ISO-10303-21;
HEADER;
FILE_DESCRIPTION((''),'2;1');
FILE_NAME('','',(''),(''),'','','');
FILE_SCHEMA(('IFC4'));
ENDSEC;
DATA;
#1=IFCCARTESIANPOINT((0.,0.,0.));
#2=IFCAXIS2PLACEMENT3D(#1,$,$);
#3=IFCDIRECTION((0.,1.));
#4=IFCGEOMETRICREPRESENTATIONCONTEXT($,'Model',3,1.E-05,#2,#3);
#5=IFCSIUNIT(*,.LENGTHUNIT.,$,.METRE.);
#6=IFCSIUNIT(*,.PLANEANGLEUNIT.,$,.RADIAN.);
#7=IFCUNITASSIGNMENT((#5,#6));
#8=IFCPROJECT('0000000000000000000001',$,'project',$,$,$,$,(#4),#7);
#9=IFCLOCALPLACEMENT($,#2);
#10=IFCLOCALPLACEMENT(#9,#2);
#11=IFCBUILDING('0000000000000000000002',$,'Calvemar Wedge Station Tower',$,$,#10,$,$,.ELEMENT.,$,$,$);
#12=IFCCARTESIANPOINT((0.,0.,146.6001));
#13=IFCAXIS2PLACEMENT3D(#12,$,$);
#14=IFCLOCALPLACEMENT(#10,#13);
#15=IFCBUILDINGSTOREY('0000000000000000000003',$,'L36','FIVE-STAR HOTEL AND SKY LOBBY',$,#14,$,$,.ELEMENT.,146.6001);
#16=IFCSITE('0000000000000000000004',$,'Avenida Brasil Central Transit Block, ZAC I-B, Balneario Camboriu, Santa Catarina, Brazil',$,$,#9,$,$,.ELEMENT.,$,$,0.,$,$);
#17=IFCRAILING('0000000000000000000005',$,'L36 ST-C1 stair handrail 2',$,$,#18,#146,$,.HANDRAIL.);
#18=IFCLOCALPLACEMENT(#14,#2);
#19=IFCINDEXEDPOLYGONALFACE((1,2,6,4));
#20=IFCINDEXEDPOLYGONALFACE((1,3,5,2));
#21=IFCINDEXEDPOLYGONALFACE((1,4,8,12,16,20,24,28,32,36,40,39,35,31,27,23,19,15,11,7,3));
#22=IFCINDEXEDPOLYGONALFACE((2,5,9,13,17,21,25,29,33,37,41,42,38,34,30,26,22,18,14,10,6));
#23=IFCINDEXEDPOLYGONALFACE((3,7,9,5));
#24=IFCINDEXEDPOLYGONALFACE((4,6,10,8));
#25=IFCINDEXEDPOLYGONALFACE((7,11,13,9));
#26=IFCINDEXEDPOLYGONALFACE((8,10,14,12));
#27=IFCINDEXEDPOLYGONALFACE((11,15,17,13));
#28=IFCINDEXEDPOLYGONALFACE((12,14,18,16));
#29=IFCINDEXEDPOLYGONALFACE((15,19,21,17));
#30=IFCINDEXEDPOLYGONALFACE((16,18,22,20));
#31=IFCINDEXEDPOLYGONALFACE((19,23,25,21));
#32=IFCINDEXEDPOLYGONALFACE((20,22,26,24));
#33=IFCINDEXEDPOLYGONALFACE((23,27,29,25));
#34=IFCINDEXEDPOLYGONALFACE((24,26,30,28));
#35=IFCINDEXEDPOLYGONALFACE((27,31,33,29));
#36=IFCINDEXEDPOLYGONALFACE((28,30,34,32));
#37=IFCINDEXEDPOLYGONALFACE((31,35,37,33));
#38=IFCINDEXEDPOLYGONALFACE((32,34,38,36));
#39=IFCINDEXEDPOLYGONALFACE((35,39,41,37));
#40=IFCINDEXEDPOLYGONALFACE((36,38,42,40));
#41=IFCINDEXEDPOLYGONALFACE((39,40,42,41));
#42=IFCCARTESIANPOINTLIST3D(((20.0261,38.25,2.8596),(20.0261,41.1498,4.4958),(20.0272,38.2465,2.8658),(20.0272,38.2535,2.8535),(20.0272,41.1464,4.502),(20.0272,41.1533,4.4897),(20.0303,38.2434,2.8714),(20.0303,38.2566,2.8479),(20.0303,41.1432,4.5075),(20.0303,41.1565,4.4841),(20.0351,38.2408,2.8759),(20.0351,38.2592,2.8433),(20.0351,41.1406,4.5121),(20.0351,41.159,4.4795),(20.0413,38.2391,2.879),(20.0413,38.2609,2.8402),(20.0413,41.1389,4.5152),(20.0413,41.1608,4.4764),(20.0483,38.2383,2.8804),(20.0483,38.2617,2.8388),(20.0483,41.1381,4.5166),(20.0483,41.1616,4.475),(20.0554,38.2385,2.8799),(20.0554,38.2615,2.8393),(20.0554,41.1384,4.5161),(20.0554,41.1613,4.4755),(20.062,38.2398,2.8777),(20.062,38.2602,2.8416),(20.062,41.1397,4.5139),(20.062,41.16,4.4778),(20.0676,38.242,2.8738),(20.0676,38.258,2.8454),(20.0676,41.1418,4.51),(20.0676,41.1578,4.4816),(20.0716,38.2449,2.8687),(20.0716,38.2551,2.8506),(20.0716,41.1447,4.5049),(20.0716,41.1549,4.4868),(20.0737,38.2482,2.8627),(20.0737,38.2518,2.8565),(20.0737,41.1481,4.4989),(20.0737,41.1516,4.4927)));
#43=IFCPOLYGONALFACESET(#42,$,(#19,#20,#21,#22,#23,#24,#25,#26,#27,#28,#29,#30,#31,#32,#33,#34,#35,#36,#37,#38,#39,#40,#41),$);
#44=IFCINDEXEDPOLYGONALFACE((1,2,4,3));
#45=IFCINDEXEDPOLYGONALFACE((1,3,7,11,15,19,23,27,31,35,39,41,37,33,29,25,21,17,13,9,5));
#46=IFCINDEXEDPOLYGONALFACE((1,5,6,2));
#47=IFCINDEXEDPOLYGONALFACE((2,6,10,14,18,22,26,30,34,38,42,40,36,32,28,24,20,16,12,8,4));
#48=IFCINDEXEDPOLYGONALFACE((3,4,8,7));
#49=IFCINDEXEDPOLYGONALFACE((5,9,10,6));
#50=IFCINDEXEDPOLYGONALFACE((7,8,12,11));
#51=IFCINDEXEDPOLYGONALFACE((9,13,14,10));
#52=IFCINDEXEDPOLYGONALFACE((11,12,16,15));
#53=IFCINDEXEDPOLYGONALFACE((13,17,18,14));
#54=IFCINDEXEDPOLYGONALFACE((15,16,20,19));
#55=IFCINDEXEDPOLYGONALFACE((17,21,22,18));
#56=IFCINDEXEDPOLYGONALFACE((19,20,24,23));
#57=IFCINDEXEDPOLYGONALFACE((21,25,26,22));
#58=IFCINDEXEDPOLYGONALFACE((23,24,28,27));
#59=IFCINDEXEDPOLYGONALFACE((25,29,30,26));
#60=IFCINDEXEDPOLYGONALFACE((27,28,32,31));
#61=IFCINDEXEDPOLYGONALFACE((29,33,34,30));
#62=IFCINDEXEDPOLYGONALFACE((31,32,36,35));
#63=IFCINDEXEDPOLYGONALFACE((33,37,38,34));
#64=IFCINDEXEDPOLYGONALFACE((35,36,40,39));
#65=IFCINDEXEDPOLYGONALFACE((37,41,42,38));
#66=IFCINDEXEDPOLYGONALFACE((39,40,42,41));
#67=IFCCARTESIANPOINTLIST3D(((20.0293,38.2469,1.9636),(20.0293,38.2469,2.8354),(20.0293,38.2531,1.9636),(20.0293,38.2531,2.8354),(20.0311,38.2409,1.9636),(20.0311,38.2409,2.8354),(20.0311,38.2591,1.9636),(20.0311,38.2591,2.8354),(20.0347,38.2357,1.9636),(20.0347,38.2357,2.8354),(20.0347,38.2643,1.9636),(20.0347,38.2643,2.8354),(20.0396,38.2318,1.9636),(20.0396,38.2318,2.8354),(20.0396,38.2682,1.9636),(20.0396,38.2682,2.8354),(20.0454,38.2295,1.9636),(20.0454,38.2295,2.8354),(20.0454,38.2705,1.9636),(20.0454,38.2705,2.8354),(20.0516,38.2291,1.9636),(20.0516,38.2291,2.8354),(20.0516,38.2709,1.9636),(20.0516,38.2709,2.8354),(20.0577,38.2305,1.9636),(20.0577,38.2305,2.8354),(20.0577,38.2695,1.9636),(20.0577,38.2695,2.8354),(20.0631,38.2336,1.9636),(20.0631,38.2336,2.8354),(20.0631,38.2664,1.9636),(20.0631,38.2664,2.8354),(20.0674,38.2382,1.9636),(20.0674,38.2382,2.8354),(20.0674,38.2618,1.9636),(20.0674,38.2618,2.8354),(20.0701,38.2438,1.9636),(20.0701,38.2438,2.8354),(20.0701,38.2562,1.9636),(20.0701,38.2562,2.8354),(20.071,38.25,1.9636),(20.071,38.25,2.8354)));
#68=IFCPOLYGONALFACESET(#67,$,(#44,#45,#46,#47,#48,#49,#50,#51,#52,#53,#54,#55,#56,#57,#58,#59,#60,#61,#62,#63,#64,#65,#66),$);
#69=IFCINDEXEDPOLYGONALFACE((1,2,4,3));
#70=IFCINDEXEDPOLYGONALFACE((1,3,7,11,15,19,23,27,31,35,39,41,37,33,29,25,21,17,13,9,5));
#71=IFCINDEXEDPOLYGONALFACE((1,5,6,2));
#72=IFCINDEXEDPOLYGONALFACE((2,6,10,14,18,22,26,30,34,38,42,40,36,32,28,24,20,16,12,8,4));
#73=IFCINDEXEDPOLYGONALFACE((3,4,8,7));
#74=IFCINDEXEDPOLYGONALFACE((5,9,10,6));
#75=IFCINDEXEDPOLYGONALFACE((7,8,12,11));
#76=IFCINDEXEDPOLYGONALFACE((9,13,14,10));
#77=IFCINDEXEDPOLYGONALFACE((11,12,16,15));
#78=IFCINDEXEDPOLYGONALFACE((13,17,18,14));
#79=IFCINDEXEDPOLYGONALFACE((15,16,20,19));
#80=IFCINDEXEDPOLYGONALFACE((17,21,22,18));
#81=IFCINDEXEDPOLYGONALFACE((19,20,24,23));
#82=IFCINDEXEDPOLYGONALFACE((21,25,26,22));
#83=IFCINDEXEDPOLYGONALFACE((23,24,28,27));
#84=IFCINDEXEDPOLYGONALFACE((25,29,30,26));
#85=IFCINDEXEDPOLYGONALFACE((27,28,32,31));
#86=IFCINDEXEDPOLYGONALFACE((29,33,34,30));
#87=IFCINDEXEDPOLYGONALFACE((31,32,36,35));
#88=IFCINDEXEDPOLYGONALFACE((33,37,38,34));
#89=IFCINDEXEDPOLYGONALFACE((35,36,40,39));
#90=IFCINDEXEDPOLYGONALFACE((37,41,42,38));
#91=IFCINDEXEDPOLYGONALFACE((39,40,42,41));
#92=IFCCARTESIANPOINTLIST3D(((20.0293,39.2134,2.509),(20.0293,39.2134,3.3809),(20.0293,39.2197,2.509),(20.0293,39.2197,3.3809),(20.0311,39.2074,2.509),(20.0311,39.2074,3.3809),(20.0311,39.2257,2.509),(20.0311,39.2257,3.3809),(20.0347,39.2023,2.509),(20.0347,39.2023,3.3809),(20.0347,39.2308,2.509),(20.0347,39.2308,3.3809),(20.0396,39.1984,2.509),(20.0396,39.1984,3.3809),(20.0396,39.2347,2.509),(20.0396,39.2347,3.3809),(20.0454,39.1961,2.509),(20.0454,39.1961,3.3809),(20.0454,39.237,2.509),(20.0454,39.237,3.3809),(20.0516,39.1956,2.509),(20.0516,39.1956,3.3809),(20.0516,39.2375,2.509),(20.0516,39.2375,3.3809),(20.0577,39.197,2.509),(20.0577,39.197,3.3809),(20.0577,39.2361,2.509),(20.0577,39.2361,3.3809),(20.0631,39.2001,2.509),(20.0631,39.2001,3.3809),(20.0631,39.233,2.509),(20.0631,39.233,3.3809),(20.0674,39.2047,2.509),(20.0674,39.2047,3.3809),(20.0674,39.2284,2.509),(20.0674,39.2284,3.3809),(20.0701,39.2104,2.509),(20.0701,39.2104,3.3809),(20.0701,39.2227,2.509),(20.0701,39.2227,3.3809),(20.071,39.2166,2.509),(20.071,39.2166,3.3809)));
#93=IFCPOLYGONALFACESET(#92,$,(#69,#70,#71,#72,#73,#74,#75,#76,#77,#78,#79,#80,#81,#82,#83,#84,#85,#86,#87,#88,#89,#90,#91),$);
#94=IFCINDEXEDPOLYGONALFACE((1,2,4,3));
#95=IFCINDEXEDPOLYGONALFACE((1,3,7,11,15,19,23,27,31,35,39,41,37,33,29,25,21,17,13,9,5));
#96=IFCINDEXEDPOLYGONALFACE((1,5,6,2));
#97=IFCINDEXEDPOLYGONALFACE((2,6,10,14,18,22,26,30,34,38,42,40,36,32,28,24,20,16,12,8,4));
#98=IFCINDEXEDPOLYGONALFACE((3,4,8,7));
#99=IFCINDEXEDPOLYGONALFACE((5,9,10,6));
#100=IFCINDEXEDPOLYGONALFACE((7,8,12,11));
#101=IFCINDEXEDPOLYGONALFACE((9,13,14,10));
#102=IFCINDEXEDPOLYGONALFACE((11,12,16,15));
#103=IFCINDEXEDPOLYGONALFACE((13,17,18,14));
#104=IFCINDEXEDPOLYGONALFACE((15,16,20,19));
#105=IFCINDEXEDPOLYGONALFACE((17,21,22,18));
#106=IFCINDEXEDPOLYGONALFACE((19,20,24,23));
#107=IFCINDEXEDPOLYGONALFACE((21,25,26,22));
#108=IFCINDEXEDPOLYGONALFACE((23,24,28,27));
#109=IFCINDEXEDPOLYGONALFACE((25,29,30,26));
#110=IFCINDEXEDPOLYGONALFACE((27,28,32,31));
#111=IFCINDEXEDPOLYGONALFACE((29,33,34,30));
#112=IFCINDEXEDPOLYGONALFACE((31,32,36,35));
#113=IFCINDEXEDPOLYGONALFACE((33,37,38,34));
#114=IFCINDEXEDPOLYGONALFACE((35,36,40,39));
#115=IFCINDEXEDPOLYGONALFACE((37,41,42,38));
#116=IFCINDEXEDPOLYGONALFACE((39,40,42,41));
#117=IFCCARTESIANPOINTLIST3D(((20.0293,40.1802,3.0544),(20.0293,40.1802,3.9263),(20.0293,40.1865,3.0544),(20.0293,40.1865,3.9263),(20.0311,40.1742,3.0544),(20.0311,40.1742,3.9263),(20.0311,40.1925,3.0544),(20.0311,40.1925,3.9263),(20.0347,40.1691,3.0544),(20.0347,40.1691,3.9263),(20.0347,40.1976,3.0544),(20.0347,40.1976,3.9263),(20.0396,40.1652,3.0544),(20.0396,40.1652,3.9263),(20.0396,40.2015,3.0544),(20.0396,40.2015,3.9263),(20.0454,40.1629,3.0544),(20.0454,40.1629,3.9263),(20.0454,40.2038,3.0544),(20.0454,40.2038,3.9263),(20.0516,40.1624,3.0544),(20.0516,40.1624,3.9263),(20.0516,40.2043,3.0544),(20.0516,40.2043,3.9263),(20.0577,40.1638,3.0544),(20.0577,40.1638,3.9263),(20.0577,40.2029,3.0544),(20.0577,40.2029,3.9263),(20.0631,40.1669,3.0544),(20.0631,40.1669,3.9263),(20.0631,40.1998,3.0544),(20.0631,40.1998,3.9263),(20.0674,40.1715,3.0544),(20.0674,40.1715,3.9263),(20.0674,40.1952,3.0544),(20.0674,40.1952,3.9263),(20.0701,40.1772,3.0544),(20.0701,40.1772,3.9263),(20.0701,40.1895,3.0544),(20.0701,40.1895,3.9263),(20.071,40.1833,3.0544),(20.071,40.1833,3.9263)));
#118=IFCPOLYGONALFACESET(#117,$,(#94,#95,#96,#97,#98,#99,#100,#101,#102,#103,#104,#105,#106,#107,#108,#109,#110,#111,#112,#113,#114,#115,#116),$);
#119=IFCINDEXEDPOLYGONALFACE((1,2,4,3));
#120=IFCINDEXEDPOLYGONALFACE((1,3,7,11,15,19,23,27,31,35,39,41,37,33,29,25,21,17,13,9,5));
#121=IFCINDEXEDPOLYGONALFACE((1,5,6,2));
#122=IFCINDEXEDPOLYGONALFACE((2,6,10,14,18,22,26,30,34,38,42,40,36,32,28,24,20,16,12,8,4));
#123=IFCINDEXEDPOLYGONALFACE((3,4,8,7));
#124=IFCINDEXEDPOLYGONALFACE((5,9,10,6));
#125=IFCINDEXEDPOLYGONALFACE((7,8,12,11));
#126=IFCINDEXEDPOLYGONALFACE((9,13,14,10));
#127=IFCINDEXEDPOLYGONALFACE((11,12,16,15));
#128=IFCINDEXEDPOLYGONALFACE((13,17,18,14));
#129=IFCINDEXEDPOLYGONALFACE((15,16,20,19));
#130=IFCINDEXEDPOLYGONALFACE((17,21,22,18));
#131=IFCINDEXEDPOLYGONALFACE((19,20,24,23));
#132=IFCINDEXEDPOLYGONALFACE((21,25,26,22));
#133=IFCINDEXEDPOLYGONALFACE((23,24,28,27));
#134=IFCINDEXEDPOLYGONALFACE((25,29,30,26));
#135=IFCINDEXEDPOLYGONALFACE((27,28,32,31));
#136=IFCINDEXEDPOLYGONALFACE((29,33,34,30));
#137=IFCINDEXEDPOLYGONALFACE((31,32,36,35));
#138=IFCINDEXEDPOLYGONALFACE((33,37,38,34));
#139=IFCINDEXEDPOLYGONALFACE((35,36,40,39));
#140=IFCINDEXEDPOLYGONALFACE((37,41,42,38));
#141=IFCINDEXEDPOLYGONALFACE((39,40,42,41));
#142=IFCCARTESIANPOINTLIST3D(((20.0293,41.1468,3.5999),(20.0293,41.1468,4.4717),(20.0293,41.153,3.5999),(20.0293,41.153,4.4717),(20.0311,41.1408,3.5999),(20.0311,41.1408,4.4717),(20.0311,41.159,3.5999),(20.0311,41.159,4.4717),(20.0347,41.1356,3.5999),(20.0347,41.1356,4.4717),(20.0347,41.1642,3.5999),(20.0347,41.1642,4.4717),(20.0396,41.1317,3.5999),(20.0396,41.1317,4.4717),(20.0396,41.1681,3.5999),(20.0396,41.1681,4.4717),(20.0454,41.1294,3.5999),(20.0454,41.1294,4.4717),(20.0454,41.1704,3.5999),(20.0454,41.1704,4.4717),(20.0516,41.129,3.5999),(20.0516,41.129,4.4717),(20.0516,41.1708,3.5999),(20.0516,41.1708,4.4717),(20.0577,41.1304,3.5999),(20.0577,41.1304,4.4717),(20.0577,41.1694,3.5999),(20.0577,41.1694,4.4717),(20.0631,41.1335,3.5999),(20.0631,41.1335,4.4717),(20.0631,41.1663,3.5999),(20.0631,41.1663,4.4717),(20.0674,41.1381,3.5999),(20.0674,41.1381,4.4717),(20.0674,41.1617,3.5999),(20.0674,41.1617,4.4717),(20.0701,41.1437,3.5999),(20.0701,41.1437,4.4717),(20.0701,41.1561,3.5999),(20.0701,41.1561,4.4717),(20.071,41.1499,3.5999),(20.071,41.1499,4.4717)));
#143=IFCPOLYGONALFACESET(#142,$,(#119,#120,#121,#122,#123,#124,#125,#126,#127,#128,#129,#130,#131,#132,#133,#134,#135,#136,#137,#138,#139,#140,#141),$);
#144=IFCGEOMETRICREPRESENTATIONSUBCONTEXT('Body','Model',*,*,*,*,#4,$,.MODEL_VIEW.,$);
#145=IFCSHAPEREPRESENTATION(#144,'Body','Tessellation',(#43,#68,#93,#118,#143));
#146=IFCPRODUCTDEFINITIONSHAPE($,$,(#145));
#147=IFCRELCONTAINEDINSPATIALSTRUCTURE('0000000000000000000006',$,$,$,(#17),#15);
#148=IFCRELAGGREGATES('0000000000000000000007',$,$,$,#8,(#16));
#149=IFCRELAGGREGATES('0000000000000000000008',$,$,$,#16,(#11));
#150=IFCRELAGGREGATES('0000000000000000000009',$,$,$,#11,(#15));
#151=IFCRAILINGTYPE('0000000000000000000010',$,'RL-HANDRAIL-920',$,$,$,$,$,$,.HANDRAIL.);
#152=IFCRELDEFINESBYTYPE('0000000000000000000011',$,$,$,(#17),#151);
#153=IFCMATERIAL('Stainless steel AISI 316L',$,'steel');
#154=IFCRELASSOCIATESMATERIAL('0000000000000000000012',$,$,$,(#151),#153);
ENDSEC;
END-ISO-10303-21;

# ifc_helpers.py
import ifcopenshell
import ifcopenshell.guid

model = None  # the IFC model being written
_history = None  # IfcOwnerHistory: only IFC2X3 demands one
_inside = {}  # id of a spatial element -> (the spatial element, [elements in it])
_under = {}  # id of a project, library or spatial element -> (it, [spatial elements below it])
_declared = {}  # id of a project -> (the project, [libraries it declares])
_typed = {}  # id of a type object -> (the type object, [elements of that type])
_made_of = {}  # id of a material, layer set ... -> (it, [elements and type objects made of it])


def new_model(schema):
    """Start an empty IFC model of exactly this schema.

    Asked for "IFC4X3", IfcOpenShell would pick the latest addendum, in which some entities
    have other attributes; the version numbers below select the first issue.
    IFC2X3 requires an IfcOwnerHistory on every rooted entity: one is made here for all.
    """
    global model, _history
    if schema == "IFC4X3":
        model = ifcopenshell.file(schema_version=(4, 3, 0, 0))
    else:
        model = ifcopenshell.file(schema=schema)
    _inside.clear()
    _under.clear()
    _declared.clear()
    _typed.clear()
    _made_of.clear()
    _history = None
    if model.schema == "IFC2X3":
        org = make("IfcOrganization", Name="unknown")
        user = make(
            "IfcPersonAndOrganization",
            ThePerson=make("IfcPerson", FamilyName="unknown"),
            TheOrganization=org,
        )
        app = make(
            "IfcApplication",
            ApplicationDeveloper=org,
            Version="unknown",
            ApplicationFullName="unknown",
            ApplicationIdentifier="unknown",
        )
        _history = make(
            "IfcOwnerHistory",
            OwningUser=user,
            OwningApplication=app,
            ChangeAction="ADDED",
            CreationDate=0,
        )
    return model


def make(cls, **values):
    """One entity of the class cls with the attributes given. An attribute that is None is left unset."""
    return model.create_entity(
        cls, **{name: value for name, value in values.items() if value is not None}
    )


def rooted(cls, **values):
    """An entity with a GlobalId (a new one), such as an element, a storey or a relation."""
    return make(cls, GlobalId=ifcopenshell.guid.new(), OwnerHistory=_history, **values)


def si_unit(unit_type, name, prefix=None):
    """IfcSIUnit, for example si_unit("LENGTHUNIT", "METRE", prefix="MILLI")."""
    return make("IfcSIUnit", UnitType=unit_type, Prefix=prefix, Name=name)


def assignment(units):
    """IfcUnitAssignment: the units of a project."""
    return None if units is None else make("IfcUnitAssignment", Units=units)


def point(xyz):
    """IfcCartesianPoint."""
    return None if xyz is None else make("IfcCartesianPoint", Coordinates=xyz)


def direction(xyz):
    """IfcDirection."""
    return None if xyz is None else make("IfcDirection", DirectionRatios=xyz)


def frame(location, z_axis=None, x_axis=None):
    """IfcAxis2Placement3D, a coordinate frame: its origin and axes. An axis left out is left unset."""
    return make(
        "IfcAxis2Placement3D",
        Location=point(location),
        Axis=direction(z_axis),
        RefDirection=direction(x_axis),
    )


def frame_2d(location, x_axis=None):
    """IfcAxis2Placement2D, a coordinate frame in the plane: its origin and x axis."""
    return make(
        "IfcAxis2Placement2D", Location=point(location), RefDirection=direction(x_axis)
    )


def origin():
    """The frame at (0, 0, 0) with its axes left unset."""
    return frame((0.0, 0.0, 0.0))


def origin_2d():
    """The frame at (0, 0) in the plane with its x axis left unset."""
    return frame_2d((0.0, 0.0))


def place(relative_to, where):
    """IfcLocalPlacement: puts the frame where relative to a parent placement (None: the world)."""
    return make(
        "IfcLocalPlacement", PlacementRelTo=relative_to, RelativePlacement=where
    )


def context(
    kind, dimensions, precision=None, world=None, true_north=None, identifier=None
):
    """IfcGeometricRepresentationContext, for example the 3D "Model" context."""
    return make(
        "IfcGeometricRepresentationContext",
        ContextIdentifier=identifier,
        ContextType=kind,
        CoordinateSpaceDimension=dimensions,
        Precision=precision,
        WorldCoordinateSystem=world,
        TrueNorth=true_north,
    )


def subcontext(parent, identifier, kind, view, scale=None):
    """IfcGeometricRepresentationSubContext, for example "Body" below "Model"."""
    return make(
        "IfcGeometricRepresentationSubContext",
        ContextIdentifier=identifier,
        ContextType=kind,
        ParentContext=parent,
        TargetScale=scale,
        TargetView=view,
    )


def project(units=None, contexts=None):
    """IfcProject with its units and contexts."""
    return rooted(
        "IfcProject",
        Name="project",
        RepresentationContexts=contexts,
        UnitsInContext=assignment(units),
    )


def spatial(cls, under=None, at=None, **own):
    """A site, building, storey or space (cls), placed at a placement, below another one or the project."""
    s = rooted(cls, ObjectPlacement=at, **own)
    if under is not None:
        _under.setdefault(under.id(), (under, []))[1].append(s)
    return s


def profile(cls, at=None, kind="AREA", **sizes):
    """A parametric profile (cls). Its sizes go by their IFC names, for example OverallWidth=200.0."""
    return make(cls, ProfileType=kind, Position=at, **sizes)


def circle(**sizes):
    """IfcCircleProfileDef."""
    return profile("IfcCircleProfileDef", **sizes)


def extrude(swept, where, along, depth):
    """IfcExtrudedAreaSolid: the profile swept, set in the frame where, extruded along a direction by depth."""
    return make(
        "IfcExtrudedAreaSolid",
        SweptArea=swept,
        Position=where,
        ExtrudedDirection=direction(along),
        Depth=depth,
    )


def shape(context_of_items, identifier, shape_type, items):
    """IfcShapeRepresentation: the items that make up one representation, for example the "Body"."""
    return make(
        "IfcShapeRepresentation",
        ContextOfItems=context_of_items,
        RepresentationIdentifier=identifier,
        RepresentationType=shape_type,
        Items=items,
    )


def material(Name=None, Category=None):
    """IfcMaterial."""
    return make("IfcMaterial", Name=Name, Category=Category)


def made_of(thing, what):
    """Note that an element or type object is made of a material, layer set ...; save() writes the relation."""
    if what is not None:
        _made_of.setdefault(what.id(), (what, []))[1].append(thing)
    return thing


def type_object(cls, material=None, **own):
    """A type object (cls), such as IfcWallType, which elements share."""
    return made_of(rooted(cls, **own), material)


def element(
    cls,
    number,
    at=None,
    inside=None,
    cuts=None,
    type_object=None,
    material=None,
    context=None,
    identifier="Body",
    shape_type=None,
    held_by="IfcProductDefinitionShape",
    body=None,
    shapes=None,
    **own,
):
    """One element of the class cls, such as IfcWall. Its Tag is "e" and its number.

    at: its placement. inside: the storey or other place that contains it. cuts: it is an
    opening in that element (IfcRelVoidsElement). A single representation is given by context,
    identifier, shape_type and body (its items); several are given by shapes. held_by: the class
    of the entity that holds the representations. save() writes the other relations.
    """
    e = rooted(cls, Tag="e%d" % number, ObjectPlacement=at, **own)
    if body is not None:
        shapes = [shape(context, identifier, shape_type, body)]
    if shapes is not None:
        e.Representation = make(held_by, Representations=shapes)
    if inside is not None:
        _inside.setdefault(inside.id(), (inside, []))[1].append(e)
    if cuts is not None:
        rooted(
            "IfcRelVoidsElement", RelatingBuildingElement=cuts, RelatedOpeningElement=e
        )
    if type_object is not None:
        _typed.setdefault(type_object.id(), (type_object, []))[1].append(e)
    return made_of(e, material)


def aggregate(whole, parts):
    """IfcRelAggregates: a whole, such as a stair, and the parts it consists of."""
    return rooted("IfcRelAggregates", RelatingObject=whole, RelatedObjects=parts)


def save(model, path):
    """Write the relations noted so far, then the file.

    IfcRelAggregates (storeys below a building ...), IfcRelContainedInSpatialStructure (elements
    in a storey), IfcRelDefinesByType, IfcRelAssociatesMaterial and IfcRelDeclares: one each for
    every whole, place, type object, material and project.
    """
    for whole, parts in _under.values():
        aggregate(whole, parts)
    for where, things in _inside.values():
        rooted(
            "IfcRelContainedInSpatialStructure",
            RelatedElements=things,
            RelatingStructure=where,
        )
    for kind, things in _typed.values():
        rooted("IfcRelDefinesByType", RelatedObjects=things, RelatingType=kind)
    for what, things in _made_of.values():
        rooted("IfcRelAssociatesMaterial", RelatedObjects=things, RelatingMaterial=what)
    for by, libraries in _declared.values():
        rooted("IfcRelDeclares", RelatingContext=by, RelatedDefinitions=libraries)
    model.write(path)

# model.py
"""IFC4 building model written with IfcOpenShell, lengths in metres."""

from ifc_helpers import new_model, si_unit, direction, frame, origin, origin_2d, place, context, subcontext, project, spatial, circle, extrude, material, type_object, element, save


model = new_model("IFC4")

# Units and contexts
model_context = context("Model", 3, precision=1e-05, world=origin(), true_north=direction((0.0, 1.0)))
body_context = subcontext(model_context, "Body", "Model", "MODEL_VIEW")
ifc_project = project(units=[si_unit("LENGTHUNIT", "METRE"), si_unit("PLANEANGLEUNIT", "RADIAN")], contexts=[model_context])

# Site, building, storey
site_placement = place(None, origin())
site = spatial("IfcSite", under=ifc_project, at=site_placement, Name="Avenida Brasil Central Transit Block, ZAC I-B, Balneario Camboriu, Santa Catarina, Brazil", CompositionType="ELEMENT", RefElevation=0.0)
building_placement = place(site_placement, origin())
building = spatial("IfcBuilding", under=site, at=building_placement, Name="Calvemar Wedge Station Tower", CompositionType="ELEMENT")
storey_placement = place(building_placement, frame((0.0, 0.0, 146.6001)))
storey = spatial("IfcBuildingStorey", under=building, at=storey_placement, Name="L36", Description="FIVE-STAR HOTEL AND SKY LOBBY", CompositionType="ELEMENT", Elevation=146.6001)

# Railing
ifc_material_1 = material(Name="Stainless steel AISI 316L", Category="steel")
railing_type_1 = type_object("IfcRailingType", Name="RL-HANDRAIL-920", PredefinedType="HANDRAIL", material=ifc_material_1)
railing_1_placement = place(storey_placement, frame((20.05, 38.25, 1.9636)))
element("IfcRailing", 1, at=railing_1_placement, inside=storey, type_object=railing_type_1, Name="L36 ST-C1 stair handrail 2", PredefinedType="HANDRAIL", context=body_context, shape_type="SweptSolid", body=[
    extrude(circle(Radius=0.0239, at=origin_2d()), frame((0.0, 0.0, 0.896), z_axis=(0.0, 0.870929, 0.49141), x_axis=(-1.0, 0.0, 0.0)), (0.0, 0.0, 1.0), 3.3296),
    extrude(circle(Radius=0.021, at=origin_2d()), origin(), (0.0, 0.0, 1.0), 0.8718),
    extrude(circle(Radius=0.021, at=origin_2d()), frame((0.0, 0.9666, 0.5454)), (0.0, 0.0, 1.0), 0.8718),
    extrude(circle(Radius=0.021, at=origin_2d()), frame((0.0, 1.9333, 1.0908)), (0.0, 0.0, 1.0), 0.8718),
    extrude(circle(Radius=0.021, at=origin_2d()), frame((0.0, 2.8999, 1.6362)), (0.0, 0.0, 1.0), 0.8718),
])

save(model, "model.ifc")
